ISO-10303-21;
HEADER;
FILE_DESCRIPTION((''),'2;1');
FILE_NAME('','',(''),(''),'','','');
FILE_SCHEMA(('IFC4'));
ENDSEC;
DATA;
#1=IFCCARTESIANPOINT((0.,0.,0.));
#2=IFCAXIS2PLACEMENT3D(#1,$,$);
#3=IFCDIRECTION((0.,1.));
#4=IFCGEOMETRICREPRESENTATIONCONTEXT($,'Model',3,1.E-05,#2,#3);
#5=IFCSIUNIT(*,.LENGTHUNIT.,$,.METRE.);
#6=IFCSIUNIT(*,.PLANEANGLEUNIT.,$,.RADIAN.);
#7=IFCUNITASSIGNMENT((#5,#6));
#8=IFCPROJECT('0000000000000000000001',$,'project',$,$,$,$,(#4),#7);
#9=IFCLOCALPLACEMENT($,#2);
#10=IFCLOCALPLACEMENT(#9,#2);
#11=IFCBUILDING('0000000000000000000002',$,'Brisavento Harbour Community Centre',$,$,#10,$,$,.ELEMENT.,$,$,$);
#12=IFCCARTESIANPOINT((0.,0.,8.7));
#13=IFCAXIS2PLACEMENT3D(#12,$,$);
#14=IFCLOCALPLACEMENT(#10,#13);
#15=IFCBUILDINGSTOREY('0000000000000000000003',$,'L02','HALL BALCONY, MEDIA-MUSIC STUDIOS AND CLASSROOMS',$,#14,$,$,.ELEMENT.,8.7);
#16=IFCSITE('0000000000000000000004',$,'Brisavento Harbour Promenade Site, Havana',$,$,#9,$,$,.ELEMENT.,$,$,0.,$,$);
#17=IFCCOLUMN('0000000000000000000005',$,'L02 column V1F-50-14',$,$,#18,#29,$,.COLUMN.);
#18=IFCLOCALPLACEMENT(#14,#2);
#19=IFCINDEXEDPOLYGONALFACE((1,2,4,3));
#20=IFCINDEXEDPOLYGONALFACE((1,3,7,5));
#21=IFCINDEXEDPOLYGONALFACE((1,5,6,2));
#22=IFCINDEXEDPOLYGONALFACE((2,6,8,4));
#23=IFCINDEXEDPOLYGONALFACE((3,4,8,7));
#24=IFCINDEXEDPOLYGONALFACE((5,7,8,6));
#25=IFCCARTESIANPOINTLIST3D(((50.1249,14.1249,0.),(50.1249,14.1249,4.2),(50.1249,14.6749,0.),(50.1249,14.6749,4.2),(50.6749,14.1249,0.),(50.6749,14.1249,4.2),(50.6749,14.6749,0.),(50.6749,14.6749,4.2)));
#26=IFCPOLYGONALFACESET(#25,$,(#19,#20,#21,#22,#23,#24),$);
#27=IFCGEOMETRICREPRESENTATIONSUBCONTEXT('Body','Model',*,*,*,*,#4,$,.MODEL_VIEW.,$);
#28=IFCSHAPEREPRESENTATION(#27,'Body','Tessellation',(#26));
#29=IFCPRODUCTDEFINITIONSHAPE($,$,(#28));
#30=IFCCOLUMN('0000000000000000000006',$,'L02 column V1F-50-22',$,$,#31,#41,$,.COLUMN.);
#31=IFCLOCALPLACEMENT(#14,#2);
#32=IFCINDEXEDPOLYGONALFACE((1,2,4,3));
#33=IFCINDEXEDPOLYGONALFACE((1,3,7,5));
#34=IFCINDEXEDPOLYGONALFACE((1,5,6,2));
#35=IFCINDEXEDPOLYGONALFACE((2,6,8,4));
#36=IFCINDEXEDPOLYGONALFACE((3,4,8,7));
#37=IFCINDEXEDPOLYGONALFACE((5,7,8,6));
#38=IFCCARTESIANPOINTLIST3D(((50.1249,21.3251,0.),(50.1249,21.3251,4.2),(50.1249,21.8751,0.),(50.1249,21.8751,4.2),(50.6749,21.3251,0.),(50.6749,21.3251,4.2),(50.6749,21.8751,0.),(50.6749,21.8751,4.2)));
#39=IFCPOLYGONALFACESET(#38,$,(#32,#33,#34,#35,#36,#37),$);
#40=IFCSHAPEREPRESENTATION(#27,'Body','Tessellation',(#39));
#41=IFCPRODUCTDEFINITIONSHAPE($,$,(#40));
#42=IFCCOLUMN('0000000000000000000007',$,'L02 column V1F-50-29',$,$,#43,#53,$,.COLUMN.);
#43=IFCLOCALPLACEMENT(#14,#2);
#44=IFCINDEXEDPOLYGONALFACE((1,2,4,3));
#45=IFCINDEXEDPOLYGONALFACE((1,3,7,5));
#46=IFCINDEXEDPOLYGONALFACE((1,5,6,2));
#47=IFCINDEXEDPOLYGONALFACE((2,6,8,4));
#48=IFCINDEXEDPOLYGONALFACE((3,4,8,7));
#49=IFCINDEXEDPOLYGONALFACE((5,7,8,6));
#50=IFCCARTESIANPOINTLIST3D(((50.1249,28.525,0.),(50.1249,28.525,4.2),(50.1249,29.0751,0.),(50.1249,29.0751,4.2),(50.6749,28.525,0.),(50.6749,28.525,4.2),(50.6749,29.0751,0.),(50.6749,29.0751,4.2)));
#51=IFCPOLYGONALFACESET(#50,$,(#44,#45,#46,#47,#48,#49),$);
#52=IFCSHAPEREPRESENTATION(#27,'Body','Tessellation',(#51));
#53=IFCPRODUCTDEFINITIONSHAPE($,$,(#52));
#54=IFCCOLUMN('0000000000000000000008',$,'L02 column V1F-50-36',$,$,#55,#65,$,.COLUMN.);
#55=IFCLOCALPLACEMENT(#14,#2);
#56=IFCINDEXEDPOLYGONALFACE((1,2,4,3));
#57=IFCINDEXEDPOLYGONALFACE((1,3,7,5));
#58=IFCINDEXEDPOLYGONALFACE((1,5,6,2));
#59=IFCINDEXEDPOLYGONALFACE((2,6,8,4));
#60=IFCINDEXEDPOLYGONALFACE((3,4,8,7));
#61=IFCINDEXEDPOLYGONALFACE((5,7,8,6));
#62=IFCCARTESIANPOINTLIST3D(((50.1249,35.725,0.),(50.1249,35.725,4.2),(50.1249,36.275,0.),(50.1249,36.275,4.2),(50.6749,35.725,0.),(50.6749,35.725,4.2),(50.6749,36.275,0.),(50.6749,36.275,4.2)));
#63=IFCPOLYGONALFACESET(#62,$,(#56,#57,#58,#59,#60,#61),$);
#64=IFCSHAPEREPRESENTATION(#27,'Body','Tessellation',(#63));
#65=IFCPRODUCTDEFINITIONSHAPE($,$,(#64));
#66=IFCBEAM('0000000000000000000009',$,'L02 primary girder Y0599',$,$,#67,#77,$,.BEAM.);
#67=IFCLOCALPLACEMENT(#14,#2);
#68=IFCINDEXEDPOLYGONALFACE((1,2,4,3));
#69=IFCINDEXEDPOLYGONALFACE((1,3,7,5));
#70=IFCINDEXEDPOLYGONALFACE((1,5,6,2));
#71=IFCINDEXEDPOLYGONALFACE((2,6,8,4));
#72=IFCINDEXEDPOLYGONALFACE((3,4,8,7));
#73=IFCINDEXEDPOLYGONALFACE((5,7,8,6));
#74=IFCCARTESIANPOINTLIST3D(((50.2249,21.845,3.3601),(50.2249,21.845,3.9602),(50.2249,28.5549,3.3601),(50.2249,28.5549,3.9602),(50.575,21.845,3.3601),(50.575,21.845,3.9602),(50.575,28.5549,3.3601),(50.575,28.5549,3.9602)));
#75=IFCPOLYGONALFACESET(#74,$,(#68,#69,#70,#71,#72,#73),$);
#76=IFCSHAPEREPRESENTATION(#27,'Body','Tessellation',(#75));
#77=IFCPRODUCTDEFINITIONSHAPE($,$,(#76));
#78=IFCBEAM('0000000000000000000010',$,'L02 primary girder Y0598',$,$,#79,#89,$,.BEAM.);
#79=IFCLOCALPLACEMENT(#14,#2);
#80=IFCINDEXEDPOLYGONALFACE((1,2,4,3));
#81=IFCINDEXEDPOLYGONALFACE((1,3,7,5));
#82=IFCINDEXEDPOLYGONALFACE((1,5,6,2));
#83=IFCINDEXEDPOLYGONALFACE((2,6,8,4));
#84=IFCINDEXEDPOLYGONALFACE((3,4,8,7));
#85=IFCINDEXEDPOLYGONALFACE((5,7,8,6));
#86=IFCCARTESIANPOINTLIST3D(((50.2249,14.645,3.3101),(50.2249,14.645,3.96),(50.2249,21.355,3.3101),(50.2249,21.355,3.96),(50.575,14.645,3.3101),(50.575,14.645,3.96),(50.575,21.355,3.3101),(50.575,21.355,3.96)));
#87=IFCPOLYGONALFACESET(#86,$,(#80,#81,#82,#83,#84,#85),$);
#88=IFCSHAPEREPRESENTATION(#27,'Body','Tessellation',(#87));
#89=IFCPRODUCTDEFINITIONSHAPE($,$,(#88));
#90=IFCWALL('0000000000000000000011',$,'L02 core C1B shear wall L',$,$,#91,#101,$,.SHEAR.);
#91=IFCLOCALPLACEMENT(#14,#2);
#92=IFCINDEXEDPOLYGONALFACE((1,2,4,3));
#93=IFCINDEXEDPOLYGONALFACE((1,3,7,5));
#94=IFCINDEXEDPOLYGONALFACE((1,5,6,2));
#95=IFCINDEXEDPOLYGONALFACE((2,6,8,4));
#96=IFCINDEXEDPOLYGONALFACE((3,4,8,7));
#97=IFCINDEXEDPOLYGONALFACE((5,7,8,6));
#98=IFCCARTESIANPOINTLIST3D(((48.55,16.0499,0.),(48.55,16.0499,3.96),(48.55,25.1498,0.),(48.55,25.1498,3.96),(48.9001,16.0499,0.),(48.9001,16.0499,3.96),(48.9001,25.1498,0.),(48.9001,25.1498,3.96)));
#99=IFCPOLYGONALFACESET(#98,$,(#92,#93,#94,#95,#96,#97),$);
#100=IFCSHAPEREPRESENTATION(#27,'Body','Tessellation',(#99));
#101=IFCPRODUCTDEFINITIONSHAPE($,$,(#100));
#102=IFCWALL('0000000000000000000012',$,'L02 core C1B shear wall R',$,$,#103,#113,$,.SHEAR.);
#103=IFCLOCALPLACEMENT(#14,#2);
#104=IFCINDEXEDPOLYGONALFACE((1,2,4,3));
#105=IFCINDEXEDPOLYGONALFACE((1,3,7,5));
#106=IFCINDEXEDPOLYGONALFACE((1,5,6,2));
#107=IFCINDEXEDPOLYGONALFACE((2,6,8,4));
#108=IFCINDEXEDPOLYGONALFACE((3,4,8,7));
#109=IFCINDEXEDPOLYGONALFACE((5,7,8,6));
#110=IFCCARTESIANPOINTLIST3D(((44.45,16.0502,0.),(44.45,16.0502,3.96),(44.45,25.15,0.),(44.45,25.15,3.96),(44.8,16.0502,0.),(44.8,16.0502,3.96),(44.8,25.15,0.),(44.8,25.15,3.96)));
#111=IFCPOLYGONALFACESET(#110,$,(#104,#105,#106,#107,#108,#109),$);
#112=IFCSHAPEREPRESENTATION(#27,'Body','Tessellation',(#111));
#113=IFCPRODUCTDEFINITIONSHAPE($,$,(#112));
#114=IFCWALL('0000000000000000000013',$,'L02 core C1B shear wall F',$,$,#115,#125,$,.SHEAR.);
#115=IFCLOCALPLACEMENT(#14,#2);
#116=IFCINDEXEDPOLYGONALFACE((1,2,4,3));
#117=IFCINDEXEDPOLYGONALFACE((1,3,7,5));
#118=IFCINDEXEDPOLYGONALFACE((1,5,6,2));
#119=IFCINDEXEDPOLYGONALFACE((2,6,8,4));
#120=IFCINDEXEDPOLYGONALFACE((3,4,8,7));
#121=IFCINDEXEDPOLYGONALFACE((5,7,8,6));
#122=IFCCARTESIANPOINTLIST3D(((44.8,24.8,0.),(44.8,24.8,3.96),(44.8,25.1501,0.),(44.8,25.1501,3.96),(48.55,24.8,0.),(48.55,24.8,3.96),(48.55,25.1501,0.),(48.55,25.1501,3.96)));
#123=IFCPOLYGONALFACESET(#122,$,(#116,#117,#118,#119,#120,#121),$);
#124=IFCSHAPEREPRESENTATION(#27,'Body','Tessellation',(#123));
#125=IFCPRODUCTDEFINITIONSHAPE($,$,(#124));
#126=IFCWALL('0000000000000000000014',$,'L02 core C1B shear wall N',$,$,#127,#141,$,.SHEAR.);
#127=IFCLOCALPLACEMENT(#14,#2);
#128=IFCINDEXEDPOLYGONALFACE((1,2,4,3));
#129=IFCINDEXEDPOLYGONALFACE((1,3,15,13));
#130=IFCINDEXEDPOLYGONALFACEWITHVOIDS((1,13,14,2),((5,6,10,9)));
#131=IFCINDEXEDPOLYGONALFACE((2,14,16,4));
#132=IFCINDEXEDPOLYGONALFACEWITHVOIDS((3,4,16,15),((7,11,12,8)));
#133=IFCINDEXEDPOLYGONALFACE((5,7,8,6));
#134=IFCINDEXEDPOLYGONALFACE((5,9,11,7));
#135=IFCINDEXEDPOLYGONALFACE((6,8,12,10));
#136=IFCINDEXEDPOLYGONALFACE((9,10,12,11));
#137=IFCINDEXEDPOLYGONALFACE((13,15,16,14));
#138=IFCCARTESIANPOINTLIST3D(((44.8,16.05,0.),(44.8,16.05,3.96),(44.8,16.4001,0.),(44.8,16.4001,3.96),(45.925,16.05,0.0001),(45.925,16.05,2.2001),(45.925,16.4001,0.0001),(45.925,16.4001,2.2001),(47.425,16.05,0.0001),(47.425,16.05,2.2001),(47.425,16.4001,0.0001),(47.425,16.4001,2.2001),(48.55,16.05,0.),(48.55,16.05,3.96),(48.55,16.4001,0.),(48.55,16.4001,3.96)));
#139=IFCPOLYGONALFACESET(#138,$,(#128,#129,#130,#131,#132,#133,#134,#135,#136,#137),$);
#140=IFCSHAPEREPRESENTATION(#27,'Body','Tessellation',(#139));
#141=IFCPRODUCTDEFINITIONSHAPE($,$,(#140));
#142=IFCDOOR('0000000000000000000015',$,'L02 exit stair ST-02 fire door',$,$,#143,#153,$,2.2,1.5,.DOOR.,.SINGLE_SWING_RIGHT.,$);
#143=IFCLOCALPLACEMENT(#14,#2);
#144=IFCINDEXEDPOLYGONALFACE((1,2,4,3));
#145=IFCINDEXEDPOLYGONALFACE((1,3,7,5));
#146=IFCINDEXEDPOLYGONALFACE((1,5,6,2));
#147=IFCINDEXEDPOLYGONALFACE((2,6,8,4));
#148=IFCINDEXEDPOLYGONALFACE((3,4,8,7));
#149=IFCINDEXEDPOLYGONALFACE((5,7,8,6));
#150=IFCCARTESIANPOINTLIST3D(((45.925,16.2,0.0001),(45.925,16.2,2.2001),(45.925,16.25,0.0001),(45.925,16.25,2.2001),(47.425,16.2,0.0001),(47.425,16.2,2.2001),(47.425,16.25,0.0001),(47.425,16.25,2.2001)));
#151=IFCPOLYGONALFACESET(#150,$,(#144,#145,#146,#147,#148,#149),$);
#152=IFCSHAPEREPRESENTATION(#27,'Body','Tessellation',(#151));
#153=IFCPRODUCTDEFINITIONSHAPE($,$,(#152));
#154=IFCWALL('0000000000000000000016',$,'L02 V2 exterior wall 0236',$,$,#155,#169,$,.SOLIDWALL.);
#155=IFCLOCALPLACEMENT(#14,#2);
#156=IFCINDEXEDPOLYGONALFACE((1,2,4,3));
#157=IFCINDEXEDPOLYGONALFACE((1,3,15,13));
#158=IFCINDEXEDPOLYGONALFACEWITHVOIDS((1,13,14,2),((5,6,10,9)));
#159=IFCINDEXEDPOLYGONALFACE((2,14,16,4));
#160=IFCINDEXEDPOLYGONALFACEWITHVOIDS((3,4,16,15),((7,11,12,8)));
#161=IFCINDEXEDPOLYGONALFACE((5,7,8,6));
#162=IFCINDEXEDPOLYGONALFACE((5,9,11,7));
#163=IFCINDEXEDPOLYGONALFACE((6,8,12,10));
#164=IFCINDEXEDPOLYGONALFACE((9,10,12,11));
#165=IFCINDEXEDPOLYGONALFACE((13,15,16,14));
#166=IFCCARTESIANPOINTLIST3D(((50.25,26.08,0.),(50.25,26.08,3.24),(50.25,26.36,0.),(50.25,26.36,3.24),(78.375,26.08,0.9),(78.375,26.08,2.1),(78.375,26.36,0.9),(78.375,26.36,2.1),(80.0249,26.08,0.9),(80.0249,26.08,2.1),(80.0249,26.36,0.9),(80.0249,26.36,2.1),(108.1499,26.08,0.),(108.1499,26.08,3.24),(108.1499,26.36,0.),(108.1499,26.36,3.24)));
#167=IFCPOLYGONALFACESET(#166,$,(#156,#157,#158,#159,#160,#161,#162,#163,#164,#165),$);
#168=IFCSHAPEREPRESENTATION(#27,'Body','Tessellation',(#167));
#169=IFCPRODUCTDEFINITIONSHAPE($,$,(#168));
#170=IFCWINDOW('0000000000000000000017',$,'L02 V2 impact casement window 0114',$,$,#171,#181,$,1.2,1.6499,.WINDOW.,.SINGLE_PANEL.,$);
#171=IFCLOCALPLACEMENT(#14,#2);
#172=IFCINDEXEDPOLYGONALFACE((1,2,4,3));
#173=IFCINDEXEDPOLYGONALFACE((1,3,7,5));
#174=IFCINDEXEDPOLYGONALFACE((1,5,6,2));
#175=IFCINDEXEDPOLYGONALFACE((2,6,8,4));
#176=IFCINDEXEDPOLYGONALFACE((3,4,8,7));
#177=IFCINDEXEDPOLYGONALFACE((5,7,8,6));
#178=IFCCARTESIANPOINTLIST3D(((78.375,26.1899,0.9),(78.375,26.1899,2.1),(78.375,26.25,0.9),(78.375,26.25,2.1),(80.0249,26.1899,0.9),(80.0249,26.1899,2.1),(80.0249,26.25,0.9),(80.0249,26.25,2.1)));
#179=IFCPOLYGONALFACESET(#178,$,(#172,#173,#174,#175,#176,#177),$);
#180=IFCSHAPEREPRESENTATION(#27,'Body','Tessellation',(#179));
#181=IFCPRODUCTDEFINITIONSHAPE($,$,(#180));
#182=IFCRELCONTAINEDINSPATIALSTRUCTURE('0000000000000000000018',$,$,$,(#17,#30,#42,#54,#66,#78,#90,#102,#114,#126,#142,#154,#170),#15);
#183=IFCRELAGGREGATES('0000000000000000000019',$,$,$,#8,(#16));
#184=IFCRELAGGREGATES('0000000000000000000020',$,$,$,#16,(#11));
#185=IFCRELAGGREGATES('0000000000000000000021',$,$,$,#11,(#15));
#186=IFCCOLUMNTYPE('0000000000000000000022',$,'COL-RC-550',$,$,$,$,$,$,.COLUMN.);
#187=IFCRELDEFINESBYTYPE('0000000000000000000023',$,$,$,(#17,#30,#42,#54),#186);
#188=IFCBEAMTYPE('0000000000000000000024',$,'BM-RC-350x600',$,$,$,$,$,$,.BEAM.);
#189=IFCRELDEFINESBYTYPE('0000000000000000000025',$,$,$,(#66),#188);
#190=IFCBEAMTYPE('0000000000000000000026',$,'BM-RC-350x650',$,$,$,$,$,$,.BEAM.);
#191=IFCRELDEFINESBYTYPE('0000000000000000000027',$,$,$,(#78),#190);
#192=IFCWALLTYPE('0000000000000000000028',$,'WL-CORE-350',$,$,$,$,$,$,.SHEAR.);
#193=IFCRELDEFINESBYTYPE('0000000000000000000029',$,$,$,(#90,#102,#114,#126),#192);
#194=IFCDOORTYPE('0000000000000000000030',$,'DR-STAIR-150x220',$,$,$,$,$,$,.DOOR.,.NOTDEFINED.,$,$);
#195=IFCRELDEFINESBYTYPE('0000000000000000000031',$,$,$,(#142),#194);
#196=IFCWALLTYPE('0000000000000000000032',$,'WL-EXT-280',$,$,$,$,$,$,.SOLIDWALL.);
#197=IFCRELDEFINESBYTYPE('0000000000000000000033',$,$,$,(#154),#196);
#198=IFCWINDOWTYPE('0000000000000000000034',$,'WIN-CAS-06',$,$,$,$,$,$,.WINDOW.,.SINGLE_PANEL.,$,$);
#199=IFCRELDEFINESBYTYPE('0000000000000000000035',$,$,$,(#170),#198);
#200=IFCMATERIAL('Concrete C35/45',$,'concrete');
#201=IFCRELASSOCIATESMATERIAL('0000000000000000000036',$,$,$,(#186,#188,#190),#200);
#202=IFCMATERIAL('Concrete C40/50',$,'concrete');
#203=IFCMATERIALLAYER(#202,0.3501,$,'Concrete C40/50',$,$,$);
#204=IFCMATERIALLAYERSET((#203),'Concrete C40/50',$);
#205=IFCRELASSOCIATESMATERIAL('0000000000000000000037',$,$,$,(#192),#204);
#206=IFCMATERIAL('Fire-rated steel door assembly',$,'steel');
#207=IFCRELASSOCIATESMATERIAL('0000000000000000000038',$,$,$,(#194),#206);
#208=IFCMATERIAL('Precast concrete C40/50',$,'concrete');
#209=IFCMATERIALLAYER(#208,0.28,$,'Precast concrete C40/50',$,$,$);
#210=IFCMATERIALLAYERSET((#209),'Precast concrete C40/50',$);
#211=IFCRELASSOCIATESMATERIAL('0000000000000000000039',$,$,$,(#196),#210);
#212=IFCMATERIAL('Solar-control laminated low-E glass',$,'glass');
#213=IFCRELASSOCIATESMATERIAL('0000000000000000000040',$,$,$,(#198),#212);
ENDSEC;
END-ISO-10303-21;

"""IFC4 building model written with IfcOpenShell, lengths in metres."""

from ifc_helpers import new_model, si_unit, direction, frame, frame_2d, origin, origin_2d, place, context, subcontext, project, spatial, rectangle, extrude, material, layer, layer_set, material_profile, profile_set, type_object, element, fill, save


model = new_model("IFC4")

# Units and contexts
model_context = context("Model", 3, precision=1e-05, world=origin(), true_north=direction((0.0, 1.0)))
body_context = subcontext(model_context, "Body", "Model", "MODEL_VIEW")
ifc_project = project(units=[si_unit("LENGTHUNIT", "METRE"), si_unit("PLANEANGLEUNIT", "RADIAN")], contexts=[model_context])

# Site, building, storey
site_placement = place(None, origin())
site = spatial("IfcSite", under=ifc_project, at=site_placement, Name="Brisavento Harbour Promenade Site, Havana", CompositionType="ELEMENT", RefElevation=0.0)
building_placement = place(site_placement, origin())
building = spatial("IfcBuilding", under=site, at=building_placement, Name="Brisavento Harbour Community Centre", CompositionType="ELEMENT")
storey_placement = place(building_placement, frame((0.0, 0.0, 8.7)))
storey = spatial("IfcBuildingStorey", under=building, at=storey_placement, Name="L02", Description="HALL BALCONY, MEDIA-MUSIC STUDIOS AND CLASSROOMS", CompositionType="ELEMENT", Elevation=8.7)

# Columns
ifc_material_1 = material(Name="Concrete C35/45", Category="concrete")
ifc_material_profile_1 = material_profile(ifc_material_1, rectangle(XDim=0.55, YDim=0.55, at=origin_2d()), Name="Concrete C35/45")
ifc_profile_set_1 = profile_set([ifc_material_profile_1], Name="Concrete C35/45")
column_type = type_object("IfcColumnType", Name="COL-RC-550", PredefinedType="COLUMN", material=ifc_profile_set_1)
for number, where, z_axis, x_axis, name in (
    (1, (50.3999, 14.3999, 0.0), (0.0, 0.0, 1.0), (1.0, 0.0, 0.0), "L02 column V1F-50-14"),
    (2, (50.3999, 21.6001, 0.0), (0.0, 0.0, 1.0), (1.0, 0.0, 0.0), "L02 column V1F-50-22"),
    (3, (50.3999, 28.8, 0.0), (0.0, 0.0, 1.0), (1.0, 0.0, 0.0), "L02 column V1F-50-29"),
    (4, (50.3999, 36.0, 0.0), (0.0, 0.0, 1.0), (1.0, 0.0, 0.0), "L02 column V1F-50-36"),
):
    element("IfcColumn", number, at=place(storey_placement, frame(where, z_axis=z_axis, x_axis=x_axis)), inside=storey, type_object=column_type, Name=name, PredefinedType="COLUMN", context=body_context, shape_type="SweptSolid", body=[
        extrude(rectangle(XDim=0.55, YDim=0.55, at=origin_2d()), origin(), (0.0, 0.0, 1.0), 4.2),
    ])

# Beams
ifc_material_profile_2 = material_profile(ifc_material_1, rectangle(XDim=0.3501, YDim=0.6001, at=origin_2d()), Name="Concrete C35/45")
ifc_profile_set_2 = profile_set([ifc_material_profile_2], Name="Concrete C35/45")
beam_type_1 = type_object("IfcBeamType", Name="BM-RC-350x600", PredefinedType="BEAM", material=ifc_profile_set_2)
beam_1_placement = place(storey_placement, frame((50.3999, 21.845, 3.6602), z_axis=(0.0, 1.0, 0.0), x_axis=(-1.0, 0.0, 0.0)))
element("IfcBeam", 5, at=beam_1_placement, inside=storey, type_object=beam_type_1, Name="L02 primary girder Y0599", PredefinedType="BEAM", context=body_context, shape_type="SweptSolid", body=[
    extrude(rectangle(XDim=0.3501, YDim=0.6001, at=origin_2d()), origin(), (0.0, 0.0, 1.0), 6.71),
])
ifc_material_profile_3 = material_profile(ifc_material_1, rectangle(XDim=0.3501, YDim=0.6499, at=origin_2d()), Name="Concrete C35/45")
ifc_profile_set_3 = profile_set([ifc_material_profile_3], Name="Concrete C35/45")
beam_type_2 = type_object("IfcBeamType", Name="BM-RC-350x650", PredefinedType="BEAM", material=ifc_profile_set_3)
beam_2_placement = place(storey_placement, frame((50.3999, 14.645, 3.635), z_axis=(0.0, 1.0, 0.0), x_axis=(-1.0, 0.0, 0.0)))
element("IfcBeam", 6, at=beam_2_placement, inside=storey, type_object=beam_type_2, Name="L02 primary girder Y0598", PredefinedType="BEAM", context=body_context, shape_type="SweptSolid", body=[
    extrude(rectangle(XDim=0.3501, YDim=0.6499, at=origin_2d()), origin(), (0.0, 0.0, 1.0), 6.71),
])

# Walls
ifc_material_2 = material(Name="Concrete C40/50", Category="concrete")
ifc_layer_1 = layer(ifc_material_2, 0.3501, Name="Concrete C40/50")
ifc_layer_set_1 = layer_set([ifc_layer_1], Name="Concrete C40/50")
wall_type_1 = type_object("IfcWallType", Name="WL-CORE-350", PredefinedType="SHEAR", material=ifc_layer_set_1)
for number, where, z_axis, x_axis, name in (
    (7, (48.7251, 16.05, 0.0), (0.0, 0.0, 1.0), (0.0, 1.0, 0.0), "L02 core C1B shear wall L"),
    (8, (44.625, 25.1499, 0.0), (0.0, 0.0, 1.0), (0.0, -1.0, 0.0), "L02 core C1B shear wall R"),
):
    element("IfcWall", number, at=place(storey_placement, frame(where, z_axis=z_axis, x_axis=x_axis)), inside=storey, type_object=wall_type_1, Name=name, PredefinedType="SHEAR", context=body_context, shape_type="SweptSolid", body=[
        extrude(rectangle(XDim=9.0999, YDim=0.3501, at=frame_2d((4.5498, 0.0))), origin(), (0.0, 0.0, 1.0), 3.96),
    ])
wall_1_placement = place(storey_placement, frame((48.55, 24.9751, 0.0), z_axis=(0.0, 0.0, 1.0), x_axis=(-1.0, 0.0, 0.0)))
element("IfcWall", 9, at=wall_1_placement, inside=storey, type_object=wall_type_1, Name="L02 core C1B shear wall F", PredefinedType="SHEAR", context=body_context, shape_type="SweptSolid", body=[
    extrude(rectangle(XDim=3.75, YDim=0.3501, at=frame_2d((1.875, 0.0))), origin(), (0.0, 0.0, 1.0), 3.96),
])

# Wall, opening, door
wall_2_placement = place(storey_placement, frame((44.8, 16.2251, 0.0), z_axis=(0.0, 0.0, 1.0), x_axis=(1.0, 0.0, 0.0)))
wall_2 = element("IfcWall", 10, at=wall_2_placement, inside=storey, type_object=wall_type_1, Name="L02 core C1B shear wall N", PredefinedType="SHEAR", context=body_context, shape_type="SweptSolid", body=[
    extrude(rectangle(XDim=3.75, YDim=0.3501, at=frame_2d((1.875, 0.0))), origin(), (0.0, 0.0, 1.0), 3.96),
])
opening_1_placement = place(wall_2_placement, frame((1.125, 0.0, 0.0)))
opening_1 = element("IfcOpeningElement", 11, at=opening_1_placement, cuts=wall_2, PredefinedType="OPENING", context=body_context, shape_type="SweptSolid", body=[
    extrude(rectangle(XDim=1.5, YDim=2.2, at=frame_2d((0.75, 1.1001))), frame((0.0, 0.1851, 0.0), z_axis=(0.0, -1.0, 0.0), x_axis=(1.0, 0.0, 0.0)), (0.0, 0.0, 1.0), 0.3701),
])
ifc_material_3 = material(Name="Fire-rated steel door assembly", Category="steel")
door_type_1 = type_object("IfcDoorType", Name="DR-STAIR-150x220", OperationType="NOTDEFINED", PredefinedType="DOOR", material=ifc_material_3)
door_1_placement = place(opening_1_placement, origin())
door_1 = element("IfcDoor", 12, at=door_1_placement, inside=storey, type_object=door_type_1, Name="L02 exit stair ST-02 fire door", OperationType="SINGLE_SWING_RIGHT", OverallHeight=2.2, OverallWidth=1.5, PredefinedType="DOOR", context=body_context, shape_type="SweptSolid", body=[
    extrude(rectangle(XDim=1.5, YDim=2.2, at=frame_2d((0.75, 1.1001))), frame((0.0, 0.0249, 0.0), z_axis=(0.0, -1.0, 0.0), x_axis=(1.0, 0.0, 0.0)), (0.0, 0.0, 1.0), 0.05),
])
fill(opening_1, door_1)

# Wall, opening, window
ifc_material_4 = material(Name="Precast concrete C40/50", Category="concrete")
ifc_layer_2 = layer(ifc_material_4, 0.28, Name="Precast concrete C40/50")
ifc_layer_set_2 = layer_set([ifc_layer_2], Name="Precast concrete C40/50")
wall_type_2 = type_object("IfcWallType", Name="WL-EXT-280", PredefinedType="SOLIDWALL", material=ifc_layer_set_2)
wall_3_placement = place(storey_placement, frame((50.25, 26.22, 0.0), z_axis=(0.0, 0.0, 1.0), x_axis=(1.0, 0.0, 0.0)))
wall_3 = element("IfcWall", 13, at=wall_3_placement, inside=storey, type_object=wall_type_2, Name="L02 V2 exterior wall 0236", PredefinedType="SOLIDWALL", context=body_context, shape_type="SweptSolid", body=[
    extrude(rectangle(XDim=57.8999, YDim=0.28, at=frame_2d((28.95, 0.0))), origin(), (0.0, 0.0, 1.0), 3.24),
])
opening_2_placement = place(wall_3_placement, frame((28.125, 0.0, 0.8999)))
opening_2 = element("IfcOpeningElement", 14, at=opening_2_placement, cuts=wall_3, PredefinedType="OPENING", context=body_context, shape_type="SweptSolid", body=[
    extrude(rectangle(XDim=1.6499, YDim=1.2, at=frame_2d((0.825, 0.6001))), frame((0.0, 0.1499, 0.0), z_axis=(0.0, -1.0, 0.0), x_axis=(1.0, 0.0, 0.0)), (0.0, 0.0, 1.0), 0.3),
])
ifc_material_5 = material(Name="Solar-control laminated low-E glass", Category="glass")
window_type = type_object("IfcWindowType", Name="WIN-CAS-06", PartitioningType="SINGLE_PANEL", PredefinedType="WINDOW", material=ifc_material_5)
window_placement = place(opening_2_placement, origin())
window = element("IfcWindow", 15, at=window_placement, inside=storey, type_object=window_type, Name="L02 V2 impact casement window 0114", OverallHeight=1.2, OverallWidth=1.6499, PartitioningType="SINGLE_PANEL", PredefinedType="WINDOW", context=body_context, shape_type="SweptSolid", body=[
    extrude(rectangle(XDim=1.6499, YDim=1.2, at=frame_2d((0.825, 0.6001))), frame((0.0, 0.03, 0.0), z_axis=(0.0, -1.0, 0.0), x_axis=(1.0, 0.0, 0.0)), (0.0, 0.0, 1.0), 0.0601),
])
fill(opening_2, window)

save(model, "model.ifc")
